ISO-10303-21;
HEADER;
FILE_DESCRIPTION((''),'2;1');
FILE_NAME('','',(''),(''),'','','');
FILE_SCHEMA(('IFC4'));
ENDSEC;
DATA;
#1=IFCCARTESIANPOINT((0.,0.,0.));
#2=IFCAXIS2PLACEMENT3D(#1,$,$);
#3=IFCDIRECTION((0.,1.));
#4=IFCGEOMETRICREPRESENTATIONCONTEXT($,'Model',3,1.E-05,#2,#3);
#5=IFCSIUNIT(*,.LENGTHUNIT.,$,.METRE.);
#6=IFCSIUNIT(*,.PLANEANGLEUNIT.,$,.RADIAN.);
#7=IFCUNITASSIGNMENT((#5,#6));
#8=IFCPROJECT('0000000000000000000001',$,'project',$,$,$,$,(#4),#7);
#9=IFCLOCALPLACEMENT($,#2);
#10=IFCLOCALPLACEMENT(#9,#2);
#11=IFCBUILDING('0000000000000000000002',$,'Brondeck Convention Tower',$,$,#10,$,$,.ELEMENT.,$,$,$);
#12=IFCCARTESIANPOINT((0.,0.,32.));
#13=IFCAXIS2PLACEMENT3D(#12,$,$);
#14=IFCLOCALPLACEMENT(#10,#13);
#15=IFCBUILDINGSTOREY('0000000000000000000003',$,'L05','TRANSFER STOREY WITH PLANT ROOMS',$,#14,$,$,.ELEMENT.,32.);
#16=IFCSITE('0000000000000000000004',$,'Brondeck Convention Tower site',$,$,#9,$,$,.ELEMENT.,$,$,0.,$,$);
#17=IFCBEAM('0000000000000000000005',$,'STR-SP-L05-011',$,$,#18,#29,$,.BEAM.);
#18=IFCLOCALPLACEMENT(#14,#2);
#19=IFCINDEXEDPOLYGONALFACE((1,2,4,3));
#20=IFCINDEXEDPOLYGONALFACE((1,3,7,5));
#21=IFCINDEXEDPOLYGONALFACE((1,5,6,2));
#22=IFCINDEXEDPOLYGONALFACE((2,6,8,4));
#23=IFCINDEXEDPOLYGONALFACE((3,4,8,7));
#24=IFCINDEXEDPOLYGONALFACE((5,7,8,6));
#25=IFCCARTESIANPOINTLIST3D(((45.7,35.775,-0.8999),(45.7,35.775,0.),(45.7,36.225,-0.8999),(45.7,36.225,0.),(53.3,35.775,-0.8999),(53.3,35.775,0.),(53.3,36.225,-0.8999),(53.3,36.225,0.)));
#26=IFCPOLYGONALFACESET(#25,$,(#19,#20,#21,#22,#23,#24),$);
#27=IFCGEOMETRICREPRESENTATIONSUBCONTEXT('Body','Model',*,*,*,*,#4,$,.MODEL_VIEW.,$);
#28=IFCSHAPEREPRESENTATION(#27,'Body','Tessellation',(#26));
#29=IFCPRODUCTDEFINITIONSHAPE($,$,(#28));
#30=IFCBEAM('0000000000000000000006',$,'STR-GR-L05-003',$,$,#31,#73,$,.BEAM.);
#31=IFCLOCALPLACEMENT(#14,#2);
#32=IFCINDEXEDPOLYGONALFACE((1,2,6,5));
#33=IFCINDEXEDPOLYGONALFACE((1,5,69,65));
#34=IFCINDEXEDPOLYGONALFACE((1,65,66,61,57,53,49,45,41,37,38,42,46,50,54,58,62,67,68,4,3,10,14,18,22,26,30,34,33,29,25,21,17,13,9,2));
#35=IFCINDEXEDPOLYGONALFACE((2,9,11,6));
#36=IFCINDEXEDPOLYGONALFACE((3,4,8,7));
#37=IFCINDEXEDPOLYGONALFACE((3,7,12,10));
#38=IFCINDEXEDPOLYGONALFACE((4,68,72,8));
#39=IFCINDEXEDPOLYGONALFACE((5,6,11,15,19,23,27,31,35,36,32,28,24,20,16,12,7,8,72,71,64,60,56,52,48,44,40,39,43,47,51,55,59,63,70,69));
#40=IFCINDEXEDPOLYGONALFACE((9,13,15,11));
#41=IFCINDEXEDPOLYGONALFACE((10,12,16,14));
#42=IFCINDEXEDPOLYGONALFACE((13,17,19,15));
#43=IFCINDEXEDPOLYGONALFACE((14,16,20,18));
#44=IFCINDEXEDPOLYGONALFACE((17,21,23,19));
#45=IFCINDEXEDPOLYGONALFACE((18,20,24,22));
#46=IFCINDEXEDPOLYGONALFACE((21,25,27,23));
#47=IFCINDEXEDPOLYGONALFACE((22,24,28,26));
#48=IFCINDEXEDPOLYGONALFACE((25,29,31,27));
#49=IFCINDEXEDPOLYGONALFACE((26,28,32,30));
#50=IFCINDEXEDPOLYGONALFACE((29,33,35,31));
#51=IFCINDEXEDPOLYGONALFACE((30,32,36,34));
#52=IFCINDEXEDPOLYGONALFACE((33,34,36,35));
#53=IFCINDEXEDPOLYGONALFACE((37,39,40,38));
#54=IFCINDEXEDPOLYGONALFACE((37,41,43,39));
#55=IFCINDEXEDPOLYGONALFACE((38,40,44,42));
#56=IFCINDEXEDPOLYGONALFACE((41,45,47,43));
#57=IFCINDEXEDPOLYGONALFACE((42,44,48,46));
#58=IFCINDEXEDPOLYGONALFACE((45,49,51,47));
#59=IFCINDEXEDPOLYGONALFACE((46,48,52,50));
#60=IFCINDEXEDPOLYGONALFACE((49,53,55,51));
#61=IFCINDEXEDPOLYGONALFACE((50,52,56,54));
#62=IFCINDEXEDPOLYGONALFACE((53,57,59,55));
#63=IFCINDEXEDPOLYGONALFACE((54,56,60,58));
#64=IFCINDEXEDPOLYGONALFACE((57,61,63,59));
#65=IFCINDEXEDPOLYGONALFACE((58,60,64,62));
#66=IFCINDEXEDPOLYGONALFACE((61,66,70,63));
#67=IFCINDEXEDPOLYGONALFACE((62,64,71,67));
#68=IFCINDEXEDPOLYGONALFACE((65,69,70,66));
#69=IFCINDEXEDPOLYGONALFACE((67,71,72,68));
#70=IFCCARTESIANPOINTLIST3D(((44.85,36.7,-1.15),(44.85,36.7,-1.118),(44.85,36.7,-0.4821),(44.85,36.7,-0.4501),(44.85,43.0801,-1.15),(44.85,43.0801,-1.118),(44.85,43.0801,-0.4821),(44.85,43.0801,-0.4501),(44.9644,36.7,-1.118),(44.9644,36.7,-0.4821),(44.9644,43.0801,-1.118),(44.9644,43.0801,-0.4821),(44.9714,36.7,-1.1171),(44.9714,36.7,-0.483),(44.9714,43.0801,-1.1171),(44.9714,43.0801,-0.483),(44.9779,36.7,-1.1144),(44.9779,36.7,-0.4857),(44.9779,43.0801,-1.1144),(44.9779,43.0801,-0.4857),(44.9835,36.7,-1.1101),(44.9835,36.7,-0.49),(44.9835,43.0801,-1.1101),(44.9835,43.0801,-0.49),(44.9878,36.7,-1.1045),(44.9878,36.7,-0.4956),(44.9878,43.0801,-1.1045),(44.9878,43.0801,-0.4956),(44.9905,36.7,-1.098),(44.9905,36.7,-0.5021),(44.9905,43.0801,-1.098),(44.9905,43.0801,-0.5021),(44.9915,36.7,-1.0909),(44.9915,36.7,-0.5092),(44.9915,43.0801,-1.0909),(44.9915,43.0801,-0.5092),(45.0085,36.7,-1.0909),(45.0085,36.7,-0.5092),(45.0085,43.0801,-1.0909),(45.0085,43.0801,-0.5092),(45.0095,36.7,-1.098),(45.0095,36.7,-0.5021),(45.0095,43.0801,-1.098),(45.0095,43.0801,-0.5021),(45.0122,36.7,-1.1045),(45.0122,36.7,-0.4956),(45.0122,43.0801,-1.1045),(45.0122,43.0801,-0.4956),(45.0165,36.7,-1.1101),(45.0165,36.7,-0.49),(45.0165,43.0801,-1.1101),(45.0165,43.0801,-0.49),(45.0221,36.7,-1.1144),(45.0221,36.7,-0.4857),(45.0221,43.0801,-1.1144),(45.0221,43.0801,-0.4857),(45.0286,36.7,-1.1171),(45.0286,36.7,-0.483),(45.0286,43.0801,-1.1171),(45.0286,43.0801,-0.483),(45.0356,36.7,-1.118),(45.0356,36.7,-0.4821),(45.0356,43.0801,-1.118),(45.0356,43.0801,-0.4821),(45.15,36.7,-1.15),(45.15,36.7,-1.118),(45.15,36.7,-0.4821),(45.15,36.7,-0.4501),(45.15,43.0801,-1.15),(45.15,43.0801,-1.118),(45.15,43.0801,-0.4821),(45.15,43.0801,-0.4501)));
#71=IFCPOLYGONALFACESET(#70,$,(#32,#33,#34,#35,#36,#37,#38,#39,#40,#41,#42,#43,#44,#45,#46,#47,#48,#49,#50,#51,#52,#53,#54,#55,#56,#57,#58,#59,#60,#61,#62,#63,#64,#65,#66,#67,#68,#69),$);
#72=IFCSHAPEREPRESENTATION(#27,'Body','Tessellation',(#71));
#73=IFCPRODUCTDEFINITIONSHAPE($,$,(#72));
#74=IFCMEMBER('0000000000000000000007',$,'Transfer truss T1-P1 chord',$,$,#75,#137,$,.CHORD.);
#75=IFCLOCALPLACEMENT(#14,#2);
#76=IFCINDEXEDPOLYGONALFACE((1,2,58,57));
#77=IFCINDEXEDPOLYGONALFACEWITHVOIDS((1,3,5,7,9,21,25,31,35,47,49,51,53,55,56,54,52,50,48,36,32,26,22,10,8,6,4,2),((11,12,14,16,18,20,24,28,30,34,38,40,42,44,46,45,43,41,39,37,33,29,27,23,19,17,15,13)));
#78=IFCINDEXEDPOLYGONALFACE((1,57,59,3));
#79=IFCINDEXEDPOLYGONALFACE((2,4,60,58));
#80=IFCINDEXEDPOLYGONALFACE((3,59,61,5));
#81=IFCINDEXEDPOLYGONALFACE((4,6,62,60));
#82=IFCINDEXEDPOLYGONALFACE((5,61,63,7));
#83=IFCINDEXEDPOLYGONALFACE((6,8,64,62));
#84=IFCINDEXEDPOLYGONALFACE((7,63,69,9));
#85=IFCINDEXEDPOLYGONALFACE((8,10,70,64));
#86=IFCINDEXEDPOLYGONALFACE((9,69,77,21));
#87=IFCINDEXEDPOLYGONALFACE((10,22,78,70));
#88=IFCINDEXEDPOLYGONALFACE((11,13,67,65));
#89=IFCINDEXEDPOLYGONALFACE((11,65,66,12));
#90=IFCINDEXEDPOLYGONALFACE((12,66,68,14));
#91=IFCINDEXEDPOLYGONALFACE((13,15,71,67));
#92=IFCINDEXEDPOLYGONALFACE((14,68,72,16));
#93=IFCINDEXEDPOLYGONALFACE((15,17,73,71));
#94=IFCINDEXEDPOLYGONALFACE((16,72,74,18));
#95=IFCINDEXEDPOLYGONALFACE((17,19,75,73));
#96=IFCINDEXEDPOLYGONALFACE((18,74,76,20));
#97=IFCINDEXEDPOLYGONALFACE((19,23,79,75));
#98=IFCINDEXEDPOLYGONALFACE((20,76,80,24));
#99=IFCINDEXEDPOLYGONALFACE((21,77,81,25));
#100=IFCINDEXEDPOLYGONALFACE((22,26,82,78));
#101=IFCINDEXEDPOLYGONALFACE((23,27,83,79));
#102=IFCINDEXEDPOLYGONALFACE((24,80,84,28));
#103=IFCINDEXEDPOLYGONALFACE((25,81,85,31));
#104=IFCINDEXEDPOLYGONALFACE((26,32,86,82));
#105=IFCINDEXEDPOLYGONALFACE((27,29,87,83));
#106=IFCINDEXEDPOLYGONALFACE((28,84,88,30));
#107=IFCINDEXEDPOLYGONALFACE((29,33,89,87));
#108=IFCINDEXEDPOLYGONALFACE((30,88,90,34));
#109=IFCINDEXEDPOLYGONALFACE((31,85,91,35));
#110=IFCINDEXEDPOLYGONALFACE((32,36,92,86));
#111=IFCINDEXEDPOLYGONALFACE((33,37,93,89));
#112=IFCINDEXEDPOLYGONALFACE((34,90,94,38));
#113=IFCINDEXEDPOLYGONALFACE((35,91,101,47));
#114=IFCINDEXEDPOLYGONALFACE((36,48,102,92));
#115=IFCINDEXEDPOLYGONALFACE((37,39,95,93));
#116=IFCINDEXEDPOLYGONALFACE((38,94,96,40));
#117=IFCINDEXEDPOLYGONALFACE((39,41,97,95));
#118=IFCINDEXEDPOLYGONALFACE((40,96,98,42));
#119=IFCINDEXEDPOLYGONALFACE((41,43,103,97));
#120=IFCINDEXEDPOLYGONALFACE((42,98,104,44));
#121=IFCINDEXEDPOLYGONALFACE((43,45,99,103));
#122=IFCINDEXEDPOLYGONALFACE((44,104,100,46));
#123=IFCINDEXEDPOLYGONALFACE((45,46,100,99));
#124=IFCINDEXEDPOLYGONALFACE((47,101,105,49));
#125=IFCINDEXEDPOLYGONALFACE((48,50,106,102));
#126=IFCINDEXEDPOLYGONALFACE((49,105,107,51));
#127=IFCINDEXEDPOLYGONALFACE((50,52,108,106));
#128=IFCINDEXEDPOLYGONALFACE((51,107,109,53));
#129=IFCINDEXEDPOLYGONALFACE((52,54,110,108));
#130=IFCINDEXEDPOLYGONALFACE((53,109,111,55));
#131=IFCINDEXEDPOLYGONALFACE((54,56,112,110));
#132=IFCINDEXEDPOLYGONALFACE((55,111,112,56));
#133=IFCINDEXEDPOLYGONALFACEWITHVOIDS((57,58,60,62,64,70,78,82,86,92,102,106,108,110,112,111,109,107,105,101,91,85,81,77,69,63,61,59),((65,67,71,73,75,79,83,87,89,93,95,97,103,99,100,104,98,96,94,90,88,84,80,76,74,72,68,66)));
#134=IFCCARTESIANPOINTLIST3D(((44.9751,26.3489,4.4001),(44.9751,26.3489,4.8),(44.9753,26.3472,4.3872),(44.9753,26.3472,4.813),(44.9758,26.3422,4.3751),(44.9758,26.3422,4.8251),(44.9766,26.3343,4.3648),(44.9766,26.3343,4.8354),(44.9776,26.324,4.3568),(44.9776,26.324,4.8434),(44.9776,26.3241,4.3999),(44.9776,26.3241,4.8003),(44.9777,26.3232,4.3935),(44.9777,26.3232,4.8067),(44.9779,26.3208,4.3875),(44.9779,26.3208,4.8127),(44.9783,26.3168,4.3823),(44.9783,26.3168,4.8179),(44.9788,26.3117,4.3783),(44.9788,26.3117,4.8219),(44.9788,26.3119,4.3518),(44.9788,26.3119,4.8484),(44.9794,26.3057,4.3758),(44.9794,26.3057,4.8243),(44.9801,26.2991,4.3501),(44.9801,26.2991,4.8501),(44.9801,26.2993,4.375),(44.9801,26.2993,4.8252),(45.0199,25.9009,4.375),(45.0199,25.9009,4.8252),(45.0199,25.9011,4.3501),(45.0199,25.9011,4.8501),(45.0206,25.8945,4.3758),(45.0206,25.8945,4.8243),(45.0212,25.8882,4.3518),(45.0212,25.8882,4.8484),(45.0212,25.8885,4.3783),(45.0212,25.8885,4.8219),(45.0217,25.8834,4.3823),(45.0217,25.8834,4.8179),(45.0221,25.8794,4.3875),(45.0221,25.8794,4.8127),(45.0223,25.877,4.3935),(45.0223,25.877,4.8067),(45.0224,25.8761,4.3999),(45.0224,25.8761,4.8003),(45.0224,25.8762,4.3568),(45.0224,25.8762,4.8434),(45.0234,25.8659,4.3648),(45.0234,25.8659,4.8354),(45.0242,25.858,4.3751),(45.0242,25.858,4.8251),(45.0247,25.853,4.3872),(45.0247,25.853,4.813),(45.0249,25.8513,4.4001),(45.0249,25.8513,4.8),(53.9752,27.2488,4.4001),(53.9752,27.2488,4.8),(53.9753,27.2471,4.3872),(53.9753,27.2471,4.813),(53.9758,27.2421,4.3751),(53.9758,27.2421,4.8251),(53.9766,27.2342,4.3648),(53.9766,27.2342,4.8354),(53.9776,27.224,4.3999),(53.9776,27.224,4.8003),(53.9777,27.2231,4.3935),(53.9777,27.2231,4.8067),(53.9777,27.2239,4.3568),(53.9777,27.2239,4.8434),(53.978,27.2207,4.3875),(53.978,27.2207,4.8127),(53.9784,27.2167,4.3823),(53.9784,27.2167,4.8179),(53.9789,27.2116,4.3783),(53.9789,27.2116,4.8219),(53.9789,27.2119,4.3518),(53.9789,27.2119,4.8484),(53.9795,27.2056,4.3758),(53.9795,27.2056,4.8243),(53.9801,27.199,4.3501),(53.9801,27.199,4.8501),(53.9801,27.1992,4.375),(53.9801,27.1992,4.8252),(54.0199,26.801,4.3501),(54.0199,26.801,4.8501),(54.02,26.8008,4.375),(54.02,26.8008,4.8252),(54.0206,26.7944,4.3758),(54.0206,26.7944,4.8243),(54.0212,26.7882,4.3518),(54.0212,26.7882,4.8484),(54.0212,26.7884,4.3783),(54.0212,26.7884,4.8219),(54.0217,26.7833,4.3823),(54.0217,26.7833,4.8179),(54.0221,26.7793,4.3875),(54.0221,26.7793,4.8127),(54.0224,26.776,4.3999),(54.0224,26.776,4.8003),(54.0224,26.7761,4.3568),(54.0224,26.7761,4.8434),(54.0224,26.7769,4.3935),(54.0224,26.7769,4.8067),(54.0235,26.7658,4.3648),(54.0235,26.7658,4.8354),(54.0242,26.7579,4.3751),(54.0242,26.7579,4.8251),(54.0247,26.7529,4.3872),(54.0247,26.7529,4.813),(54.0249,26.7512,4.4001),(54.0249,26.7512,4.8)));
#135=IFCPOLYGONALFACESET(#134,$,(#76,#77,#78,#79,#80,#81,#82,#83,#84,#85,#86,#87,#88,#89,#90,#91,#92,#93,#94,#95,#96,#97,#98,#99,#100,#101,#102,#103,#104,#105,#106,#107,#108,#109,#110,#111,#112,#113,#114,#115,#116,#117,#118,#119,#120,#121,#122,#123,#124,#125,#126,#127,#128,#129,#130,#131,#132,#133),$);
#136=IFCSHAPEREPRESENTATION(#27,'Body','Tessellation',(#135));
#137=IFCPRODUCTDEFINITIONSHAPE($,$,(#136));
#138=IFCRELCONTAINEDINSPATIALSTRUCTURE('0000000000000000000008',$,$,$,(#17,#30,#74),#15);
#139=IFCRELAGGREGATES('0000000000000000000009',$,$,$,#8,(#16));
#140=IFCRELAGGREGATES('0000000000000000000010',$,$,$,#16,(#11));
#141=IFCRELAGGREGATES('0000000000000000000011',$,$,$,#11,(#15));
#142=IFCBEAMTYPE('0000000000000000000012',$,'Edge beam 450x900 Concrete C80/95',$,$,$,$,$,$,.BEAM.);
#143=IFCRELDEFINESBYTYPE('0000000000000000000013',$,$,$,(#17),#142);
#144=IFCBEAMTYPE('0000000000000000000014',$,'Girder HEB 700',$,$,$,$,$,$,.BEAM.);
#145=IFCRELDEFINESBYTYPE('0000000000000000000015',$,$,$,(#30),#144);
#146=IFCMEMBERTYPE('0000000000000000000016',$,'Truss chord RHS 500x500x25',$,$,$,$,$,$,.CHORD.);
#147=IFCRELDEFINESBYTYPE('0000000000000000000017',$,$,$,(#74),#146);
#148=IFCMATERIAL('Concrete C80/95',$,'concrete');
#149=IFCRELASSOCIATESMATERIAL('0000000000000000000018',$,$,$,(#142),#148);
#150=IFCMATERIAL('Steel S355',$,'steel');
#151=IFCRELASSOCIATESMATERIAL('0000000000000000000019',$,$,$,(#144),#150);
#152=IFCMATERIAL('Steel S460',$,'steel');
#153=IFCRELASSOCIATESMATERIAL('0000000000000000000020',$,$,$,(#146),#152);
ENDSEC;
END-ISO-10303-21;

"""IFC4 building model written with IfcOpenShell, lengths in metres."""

from ifc_helpers import new_model, si_unit, direction, frame, origin, origin_2d, place, context, subcontext, project, spatial, rectangle, hollow_rectangle, i_section, extrude, material, material_profile, profile_set, type_object, element, save


model = new_model("IFC4")

# Units and contexts
model_context = context("Model", 3, precision=1e-05, world=origin(), true_north=direction((0.0, 1.0)))
body_context = subcontext(model_context, "Body", "Model", "MODEL_VIEW")
ifc_project = project(units=[si_unit("LENGTHUNIT", "METRE"), si_unit("PLANEANGLEUNIT", "RADIAN")], contexts=[model_context])

# Site, building, storey
site_placement = place(None, origin())
site = spatial("IfcSite", under=ifc_project, at=site_placement, Name="Brondeck Convention Tower site", CompositionType="ELEMENT", RefElevation=0.0)
building_placement = place(site_placement, origin())
building = spatial("IfcBuilding", under=site, at=building_placement, Name="Brondeck Convention Tower", CompositionType="ELEMENT")
storey_placement = place(building_placement, frame((0.0, 0.0, 32.0)))
storey = spatial("IfcBuildingStorey", under=building, at=storey_placement, Name="L05", Description="TRANSFER STOREY WITH PLANT ROOMS", CompositionType="ELEMENT", Elevation=32.0)

# Shared definitions
ifc_material_1 = material(Name="Steel S460", Category="steel")

# Beams
ifc_material_2 = material(Name="Concrete C80/95", Category="concrete")
ifc_material_profile_1 = material_profile(ifc_material_2, rectangle(XDim=0.45, YDim=0.8999, at=origin_2d()), Name="Edge beam 450x900 Concrete C80/95")
ifc_profile_set_1 = profile_set([ifc_material_profile_1], Name="Concrete C80/95")
beam_type_1 = type_object("IfcBeamType", Name="Edge beam 450x900 Concrete C80/95", PredefinedType="BEAM", material=ifc_profile_set_1)
beam_1_placement = place(storey_placement, frame((45.7, 36.0, -0.45), z_axis=(1.0, 0.0, 0.0), x_axis=(0.0, 1.0, 0.0)))
element("IfcBeam", 1, at=beam_1_placement, inside=storey, type_object=beam_type_1, Name="STR-SP-L05-011", PredefinedType="BEAM", context=body_context, shape_type="SweptSolid", body=[
    extrude(rectangle(XDim=0.45, YDim=0.8999, at=origin_2d()), origin(), (0.0, 0.0, 1.0), 7.6001),
])
ifc_material_3 = material(Name="Steel S355", Category="steel")
ifc_material_profile_2 = material_profile(ifc_material_3, i_section(OverallWidth=0.3, OverallDepth=0.7, WebThickness=0.0171, FlangeThickness=0.032, FilletRadius=0.0271, at=origin_2d()), Name="HEB 700")
ifc_profile_set_2 = profile_set([ifc_material_profile_2], Name="Steel S355")
beam_type_2 = type_object("IfcBeamType", Name="Girder HEB 700", PredefinedType="BEAM", material=ifc_profile_set_2)
beam_2_placement = place(storey_placement, frame((45.0, 36.7, -0.8), z_axis=(0.0, 1.0, 0.0), x_axis=(-1.0, 0.0, 0.0)))
element("IfcBeam", 2, at=beam_2_placement, inside=storey, type_object=beam_type_2, Name="STR-GR-L05-003", PredefinedType="BEAM", context=body_context, shape_type="SweptSolid", body=[
    extrude(i_section(OverallWidth=0.3, OverallDepth=0.7, WebThickness=0.0171, FlangeThickness=0.032, FilletRadius=0.0271, at=origin_2d()), origin(), (0.0, 0.0, 1.0), 6.3801),
])

# Member
ifc_material_profile_3 = material_profile(ifc_material_1, hollow_rectangle(XDim=0.5, YDim=0.5, WallThickness=0.0249, InnerFilletRadius=0.0249, OuterFilletRadius=0.05, at=origin_2d()), Name="RHS 500x500x25")
ifc_profile_set_3 = profile_set([ifc_material_profile_3], Name="Steel S460")
member_type_1 = type_object("IfcMemberType", Name="Truss chord RHS 500x500x25", PredefinedType="CHORD", material=ifc_profile_set_3)
member_1_placement = place(storey_placement, frame((45.0, 26.1001, 4.6001), z_axis=(0.995038, 0.099493, 0.0), x_axis=(-0.099493, 0.995038, 0.0)))
element("IfcMember", 3, at=member_1_placement, inside=storey, type_object=member_type_1, Name="Transfer truss T1-P1 chord", PredefinedType="CHORD", context=body_context, shape_type="SweptSolid", body=[
    extrude(hollow_rectangle(XDim=0.5, YDim=0.5, WallThickness=0.0249, InnerFilletRadius=0.0249, OuterFilletRadius=0.05, at=origin_2d()), origin(), (0.0, 0.0, 1.0), 9.0449),
])

save(model, "model.ifc")
